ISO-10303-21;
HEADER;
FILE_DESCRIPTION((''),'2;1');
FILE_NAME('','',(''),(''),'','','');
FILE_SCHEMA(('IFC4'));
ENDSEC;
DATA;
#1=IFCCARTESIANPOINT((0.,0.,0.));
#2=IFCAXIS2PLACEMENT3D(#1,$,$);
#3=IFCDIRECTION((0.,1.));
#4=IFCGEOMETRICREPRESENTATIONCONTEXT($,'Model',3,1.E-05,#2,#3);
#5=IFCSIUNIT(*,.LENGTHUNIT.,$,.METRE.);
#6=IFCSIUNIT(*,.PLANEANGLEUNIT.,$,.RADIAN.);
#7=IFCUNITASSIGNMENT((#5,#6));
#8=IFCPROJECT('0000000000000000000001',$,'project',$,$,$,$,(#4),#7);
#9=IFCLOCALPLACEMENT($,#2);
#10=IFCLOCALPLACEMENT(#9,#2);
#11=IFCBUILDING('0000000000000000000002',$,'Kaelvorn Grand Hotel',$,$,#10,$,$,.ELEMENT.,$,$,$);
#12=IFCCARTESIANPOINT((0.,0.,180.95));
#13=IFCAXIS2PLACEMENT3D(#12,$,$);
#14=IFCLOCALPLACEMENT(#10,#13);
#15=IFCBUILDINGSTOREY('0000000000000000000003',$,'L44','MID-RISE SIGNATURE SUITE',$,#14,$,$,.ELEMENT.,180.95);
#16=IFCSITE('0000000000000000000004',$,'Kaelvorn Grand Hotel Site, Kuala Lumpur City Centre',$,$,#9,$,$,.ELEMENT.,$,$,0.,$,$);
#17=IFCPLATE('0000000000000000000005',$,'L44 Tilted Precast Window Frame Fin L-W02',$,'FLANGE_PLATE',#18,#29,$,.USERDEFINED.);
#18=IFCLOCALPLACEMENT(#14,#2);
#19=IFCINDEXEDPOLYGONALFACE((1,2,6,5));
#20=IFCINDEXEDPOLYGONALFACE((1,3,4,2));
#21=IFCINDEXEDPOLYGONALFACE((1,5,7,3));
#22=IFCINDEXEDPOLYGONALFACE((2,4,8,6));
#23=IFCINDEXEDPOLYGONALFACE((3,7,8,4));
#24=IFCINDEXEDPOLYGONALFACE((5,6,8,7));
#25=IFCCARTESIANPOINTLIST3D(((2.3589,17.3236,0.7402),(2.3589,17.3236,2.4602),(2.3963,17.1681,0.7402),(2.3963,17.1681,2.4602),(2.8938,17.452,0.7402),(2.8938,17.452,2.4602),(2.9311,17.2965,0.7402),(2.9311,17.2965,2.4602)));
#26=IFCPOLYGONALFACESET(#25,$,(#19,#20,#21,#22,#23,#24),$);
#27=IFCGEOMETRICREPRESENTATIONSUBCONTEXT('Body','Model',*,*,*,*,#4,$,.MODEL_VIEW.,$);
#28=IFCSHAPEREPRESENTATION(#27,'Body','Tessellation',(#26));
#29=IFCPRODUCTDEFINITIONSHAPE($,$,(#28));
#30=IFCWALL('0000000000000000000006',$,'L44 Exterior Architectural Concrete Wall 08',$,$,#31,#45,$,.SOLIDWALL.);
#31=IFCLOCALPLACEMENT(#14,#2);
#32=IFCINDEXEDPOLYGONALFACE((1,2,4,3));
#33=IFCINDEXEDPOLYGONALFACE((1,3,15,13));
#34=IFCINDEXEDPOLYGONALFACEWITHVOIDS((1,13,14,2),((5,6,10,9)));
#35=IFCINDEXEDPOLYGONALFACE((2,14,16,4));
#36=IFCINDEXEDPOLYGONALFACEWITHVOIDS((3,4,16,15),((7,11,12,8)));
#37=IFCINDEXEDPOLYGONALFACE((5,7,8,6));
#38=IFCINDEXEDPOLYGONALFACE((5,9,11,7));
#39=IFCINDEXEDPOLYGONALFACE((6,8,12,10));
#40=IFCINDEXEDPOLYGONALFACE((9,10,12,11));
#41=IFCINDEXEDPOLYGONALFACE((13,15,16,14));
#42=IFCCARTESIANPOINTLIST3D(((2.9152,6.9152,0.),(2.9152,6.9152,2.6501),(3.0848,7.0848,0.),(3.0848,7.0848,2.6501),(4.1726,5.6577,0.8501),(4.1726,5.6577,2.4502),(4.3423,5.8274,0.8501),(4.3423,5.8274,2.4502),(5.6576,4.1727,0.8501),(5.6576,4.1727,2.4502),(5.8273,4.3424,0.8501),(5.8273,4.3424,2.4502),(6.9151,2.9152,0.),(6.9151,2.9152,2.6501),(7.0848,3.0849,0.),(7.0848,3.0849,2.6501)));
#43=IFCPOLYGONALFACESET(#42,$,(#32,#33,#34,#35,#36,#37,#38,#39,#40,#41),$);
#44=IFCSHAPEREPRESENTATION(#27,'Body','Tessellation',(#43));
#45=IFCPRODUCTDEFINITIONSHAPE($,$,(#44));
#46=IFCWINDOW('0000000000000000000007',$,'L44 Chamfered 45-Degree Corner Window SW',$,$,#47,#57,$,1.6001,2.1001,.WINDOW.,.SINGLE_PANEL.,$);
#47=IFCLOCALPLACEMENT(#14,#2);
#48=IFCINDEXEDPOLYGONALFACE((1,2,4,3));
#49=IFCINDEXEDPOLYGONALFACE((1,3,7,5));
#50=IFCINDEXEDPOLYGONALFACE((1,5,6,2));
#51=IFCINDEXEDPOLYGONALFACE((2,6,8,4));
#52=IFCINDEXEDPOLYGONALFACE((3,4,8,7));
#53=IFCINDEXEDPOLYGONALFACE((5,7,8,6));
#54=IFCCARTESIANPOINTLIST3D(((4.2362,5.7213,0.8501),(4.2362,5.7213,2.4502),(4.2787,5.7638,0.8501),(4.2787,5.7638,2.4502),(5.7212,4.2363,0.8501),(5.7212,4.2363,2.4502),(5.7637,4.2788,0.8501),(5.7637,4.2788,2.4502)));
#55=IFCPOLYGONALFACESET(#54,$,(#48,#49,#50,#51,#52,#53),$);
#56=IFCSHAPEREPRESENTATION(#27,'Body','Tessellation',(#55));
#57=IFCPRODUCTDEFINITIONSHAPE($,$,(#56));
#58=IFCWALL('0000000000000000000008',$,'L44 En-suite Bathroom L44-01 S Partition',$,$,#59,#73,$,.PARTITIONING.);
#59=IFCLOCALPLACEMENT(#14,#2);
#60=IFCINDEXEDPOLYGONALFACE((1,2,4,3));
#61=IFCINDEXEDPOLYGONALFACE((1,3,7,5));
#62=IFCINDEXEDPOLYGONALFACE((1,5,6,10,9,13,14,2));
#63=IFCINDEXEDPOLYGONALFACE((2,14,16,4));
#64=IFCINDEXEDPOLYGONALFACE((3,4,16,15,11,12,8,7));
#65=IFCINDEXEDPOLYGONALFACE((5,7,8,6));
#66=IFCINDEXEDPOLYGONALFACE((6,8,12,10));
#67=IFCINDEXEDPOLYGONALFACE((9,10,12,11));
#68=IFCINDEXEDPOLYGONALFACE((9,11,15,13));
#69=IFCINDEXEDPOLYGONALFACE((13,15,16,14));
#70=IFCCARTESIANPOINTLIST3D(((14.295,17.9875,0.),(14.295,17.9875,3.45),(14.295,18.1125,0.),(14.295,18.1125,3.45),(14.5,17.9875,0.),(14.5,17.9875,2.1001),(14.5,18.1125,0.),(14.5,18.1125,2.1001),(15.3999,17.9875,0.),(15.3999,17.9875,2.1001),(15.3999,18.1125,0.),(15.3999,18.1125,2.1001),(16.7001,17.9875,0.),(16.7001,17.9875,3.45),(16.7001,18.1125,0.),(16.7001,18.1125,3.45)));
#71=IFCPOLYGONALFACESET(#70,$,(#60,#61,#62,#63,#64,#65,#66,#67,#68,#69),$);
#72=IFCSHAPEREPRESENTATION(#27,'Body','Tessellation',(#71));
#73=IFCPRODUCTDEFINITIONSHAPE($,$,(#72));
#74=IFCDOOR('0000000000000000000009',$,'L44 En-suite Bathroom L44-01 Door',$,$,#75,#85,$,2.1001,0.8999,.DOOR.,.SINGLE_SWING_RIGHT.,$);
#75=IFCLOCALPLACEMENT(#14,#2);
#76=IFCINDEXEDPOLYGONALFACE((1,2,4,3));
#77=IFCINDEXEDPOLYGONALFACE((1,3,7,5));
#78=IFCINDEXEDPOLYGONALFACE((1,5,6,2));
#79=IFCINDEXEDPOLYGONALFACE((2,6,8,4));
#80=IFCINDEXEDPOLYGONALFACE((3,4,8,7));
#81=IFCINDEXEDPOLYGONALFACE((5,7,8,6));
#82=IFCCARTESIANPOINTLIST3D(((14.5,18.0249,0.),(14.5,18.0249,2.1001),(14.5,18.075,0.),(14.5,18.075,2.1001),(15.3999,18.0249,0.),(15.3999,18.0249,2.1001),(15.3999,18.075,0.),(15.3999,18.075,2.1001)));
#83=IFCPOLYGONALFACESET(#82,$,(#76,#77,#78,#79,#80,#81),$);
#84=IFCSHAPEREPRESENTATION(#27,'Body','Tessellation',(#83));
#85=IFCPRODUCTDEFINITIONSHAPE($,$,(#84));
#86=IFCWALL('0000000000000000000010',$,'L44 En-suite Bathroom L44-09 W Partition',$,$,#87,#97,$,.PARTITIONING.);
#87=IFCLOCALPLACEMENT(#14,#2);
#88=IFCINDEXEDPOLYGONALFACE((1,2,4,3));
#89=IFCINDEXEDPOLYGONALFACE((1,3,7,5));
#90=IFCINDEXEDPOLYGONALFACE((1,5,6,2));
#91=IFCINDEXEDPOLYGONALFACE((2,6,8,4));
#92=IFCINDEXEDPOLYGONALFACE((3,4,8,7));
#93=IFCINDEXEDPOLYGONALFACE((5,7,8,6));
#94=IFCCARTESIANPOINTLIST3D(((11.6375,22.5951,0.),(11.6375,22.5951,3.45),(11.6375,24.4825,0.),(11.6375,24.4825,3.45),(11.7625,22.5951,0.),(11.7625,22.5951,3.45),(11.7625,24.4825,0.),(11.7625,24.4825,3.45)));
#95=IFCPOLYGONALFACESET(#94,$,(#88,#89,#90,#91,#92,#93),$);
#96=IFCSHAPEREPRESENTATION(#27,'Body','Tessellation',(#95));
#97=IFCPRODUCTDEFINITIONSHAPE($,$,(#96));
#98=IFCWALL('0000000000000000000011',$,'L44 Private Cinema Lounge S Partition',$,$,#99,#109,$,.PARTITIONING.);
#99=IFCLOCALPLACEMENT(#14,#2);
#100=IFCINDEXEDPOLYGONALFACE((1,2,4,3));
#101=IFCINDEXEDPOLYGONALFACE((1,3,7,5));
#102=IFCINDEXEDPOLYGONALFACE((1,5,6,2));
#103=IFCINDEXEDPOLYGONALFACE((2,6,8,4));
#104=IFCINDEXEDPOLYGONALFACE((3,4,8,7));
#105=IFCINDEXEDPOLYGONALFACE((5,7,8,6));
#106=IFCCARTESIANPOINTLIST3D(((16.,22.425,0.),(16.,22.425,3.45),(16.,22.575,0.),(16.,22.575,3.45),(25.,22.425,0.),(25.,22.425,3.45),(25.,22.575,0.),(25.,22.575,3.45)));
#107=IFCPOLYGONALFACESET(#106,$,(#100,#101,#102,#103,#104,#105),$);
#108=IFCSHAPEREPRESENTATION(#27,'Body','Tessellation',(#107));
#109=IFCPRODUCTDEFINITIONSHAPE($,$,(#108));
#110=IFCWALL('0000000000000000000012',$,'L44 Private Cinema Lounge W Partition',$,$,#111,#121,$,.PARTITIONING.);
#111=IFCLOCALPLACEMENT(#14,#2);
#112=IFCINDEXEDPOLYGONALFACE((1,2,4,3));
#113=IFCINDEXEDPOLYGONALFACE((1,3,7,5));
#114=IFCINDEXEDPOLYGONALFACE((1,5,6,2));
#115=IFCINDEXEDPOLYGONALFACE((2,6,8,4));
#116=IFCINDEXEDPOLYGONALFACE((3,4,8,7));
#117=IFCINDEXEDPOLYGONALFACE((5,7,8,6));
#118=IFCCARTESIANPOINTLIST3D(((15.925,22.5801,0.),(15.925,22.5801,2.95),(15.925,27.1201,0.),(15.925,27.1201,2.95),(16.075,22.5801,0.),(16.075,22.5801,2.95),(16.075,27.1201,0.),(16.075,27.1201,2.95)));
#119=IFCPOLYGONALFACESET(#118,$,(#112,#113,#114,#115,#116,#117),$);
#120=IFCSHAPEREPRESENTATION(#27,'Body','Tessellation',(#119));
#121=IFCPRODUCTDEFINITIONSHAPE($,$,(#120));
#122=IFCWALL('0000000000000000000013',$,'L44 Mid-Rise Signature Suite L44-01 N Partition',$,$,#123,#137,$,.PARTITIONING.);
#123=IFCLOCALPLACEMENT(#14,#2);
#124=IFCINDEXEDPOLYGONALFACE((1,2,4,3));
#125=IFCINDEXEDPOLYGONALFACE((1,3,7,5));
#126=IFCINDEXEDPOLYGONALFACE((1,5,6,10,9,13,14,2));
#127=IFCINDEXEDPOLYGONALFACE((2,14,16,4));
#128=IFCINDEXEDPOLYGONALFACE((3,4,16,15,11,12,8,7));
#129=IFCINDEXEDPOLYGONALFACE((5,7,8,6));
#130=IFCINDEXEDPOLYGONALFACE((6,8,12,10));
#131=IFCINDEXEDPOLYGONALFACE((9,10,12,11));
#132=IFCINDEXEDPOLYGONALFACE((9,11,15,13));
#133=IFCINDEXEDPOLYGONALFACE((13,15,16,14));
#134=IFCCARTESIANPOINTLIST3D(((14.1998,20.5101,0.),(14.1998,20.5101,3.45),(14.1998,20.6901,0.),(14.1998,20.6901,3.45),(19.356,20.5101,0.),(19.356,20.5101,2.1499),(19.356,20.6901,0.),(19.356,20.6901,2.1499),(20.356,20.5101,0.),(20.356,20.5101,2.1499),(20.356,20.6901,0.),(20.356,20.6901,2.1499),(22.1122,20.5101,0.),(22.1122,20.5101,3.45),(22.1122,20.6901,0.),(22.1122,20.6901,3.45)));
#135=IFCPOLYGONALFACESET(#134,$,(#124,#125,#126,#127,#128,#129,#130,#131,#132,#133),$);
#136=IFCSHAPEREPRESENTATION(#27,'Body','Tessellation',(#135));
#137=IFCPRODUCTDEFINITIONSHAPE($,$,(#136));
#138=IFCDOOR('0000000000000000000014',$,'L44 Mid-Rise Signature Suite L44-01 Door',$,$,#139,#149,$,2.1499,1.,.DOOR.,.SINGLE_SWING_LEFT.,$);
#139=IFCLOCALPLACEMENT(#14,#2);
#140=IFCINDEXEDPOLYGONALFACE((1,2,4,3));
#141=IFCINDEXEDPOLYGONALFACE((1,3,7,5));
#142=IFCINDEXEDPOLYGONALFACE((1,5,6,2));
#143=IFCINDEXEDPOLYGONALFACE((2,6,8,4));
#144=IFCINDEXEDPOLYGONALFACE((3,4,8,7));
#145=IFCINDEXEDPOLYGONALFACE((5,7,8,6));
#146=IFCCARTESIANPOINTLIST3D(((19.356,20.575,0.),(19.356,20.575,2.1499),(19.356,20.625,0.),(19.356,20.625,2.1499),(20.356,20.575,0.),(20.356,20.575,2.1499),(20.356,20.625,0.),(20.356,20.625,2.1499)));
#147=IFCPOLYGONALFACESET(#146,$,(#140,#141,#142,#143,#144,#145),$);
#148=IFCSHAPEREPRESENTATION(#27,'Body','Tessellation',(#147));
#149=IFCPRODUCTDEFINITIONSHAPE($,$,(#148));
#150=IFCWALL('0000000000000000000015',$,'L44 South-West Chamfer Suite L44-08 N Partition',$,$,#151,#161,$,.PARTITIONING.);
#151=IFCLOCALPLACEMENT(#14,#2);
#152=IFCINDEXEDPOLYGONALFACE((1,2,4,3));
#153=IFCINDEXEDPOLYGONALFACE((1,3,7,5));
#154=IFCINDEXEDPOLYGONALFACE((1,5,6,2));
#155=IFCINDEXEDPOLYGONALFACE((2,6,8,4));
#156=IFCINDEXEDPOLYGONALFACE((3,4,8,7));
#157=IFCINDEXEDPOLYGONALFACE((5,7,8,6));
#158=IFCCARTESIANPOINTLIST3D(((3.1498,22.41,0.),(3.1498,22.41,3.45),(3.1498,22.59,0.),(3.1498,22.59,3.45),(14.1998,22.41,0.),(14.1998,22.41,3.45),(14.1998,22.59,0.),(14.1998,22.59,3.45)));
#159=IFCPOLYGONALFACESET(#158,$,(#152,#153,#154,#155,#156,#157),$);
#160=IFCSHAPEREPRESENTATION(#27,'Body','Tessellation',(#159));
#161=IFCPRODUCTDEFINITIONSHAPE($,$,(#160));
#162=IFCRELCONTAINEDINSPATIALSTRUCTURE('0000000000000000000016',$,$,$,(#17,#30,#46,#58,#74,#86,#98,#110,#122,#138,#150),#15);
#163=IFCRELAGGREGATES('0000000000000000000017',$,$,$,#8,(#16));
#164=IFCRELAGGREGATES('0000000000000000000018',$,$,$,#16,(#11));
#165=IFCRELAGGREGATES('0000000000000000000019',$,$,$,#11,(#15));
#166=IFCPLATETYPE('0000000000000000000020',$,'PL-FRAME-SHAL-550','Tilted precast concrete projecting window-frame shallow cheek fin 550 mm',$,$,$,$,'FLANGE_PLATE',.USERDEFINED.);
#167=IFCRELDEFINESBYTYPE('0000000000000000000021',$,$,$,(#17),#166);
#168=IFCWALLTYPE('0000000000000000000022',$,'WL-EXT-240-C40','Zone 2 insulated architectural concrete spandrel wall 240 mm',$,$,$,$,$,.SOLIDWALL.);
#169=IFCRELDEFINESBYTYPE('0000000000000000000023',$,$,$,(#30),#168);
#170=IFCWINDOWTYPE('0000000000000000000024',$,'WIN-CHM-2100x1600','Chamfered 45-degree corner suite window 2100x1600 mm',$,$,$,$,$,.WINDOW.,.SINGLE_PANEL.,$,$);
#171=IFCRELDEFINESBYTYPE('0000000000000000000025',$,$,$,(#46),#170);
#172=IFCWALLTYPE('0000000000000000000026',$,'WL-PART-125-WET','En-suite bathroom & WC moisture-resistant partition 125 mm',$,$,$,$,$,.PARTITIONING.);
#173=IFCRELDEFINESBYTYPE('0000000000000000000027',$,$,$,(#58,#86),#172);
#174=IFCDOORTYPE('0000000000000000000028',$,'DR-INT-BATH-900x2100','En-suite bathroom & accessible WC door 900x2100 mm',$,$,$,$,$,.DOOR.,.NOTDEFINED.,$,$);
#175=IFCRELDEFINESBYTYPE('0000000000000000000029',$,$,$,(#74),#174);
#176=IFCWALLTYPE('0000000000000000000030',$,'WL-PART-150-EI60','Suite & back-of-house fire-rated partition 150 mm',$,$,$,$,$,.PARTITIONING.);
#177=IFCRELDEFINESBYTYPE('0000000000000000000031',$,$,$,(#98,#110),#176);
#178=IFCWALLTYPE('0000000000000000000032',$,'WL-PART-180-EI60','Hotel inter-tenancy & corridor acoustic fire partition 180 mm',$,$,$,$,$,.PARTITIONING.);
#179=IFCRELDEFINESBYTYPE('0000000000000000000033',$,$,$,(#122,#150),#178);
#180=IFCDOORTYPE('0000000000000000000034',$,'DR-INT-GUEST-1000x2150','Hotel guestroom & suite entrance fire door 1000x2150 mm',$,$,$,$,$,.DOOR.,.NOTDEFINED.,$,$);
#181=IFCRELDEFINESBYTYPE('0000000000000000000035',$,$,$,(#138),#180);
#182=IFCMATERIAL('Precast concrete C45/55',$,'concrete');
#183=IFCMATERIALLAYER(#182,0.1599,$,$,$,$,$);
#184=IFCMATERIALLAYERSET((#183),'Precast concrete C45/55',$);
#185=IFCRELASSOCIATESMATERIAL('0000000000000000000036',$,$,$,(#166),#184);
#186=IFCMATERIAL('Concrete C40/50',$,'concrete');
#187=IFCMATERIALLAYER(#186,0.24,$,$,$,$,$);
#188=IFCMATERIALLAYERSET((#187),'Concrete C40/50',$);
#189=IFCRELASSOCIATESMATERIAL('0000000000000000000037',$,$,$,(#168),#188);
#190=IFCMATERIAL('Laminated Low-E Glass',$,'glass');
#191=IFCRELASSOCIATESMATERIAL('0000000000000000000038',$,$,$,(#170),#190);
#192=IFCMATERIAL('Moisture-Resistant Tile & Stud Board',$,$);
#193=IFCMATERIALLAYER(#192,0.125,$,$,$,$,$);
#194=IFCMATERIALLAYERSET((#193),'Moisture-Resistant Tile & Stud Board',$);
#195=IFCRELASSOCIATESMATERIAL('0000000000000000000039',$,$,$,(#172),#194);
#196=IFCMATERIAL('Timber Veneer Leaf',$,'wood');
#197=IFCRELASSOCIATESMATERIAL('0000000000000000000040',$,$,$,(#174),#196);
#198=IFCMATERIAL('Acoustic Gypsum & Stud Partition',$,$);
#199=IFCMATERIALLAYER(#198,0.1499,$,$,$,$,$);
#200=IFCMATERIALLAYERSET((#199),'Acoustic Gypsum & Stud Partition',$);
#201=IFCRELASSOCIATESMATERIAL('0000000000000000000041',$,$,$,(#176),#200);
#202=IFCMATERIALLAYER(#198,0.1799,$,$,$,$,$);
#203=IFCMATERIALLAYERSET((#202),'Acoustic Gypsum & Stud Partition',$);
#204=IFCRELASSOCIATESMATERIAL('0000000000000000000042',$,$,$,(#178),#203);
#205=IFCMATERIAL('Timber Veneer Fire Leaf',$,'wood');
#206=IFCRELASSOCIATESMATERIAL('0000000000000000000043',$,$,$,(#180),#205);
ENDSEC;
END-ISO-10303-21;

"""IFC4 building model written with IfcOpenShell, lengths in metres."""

from ifc_helpers import new_model, si_unit, direction, frame, frame_2d, origin, origin_2d, place, context, subcontext, project, spatial, rectangle, extrude, material, layer, layer_set, type_object, element, fill, save


model = new_model("IFC4")

# Units and contexts
model_context = context("Model", 3, precision=1e-05, world=origin(), true_north=direction((0.0, 1.0)))
body_context = subcontext(model_context, "Body", "Model", "MODEL_VIEW")
ifc_project = project(units=[si_unit("LENGTHUNIT", "METRE"), si_unit("PLANEANGLEUNIT", "RADIAN")], contexts=[model_context])

# Site, building, storey
site_placement = place(None, origin())
site = spatial("IfcSite", under=ifc_project, at=site_placement, Name="Kaelvorn Grand Hotel Site, Kuala Lumpur City Centre", CompositionType="ELEMENT", RefElevation=0.0)
building_placement = place(site_placement, origin())
building = spatial("IfcBuilding", under=site, at=building_placement, Name="Kaelvorn Grand Hotel", CompositionType="ELEMENT")
storey_placement = place(building_placement, frame((0.0, 0.0, 180.95)))
storey = spatial("IfcBuildingStorey", under=building, at=storey_placement, Name="L44", Description="MID-RISE SIGNATURE SUITE", CompositionType="ELEMENT", Elevation=180.95)

# Plate
ifc_material_1 = material(Name="Precast concrete C45/55", Category="concrete")
ifc_layer_1 = layer(ifc_material_1, 0.1599)
ifc_layer_set_1 = layer_set([ifc_layer_1], Name="Precast concrete C45/55")
plate_type_1 = type_object("IfcPlateType", Name="PL-FRAME-SHAL-550", Description="Tilted precast concrete projecting window-frame shallow cheek fin 550 mm", ElementType="FLANGE_PLATE", PredefinedType="USERDEFINED", material=ifc_layer_set_1)
for number, where, z_axis, x_axis, name in (
    (1, (2.645, 17.3101, 0.7402), (0.0, 0.0, 1.0), (-0.233445, 0.97237, 0.0), "L44 Tilted Precast Window Frame Fin L-W02"),
):
    element("IfcPlate", number, at=place(storey_placement, frame(where, z_axis=z_axis, x_axis=x_axis)), inside=storey, type_object=plate_type_1, Name=name, ObjectType="FLANGE_PLATE", PredefinedType="USERDEFINED", context=body_context, shape_type="SweptSolid", body=[
        extrude(rectangle(XDim=0.1599, YDim=0.55, at=origin_2d()), origin(), (0.0, 0.0, 1.0), 1.72),
    ])

# Wall, opening, window
ifc_material_2 = material(Name="Concrete C40/50", Category="concrete")
ifc_layer_2 = layer(ifc_material_2, 0.24)
ifc_layer_set_2 = layer_set([ifc_layer_2], Name="Concrete C40/50")
wall_type_1 = type_object("IfcWallType", Name="WL-EXT-240-C40", Description="Zone 2 insulated architectural concrete spandrel wall 240 mm", PredefinedType="SOLIDWALL", material=ifc_layer_set_2)
wall_1_placement = place(storey_placement, frame((3.0, 7.0, 0.0), z_axis=(0.0, 0.0, 1.0), x_axis=(0.707107, -0.707107, 0.0)))
wall_1 = element("IfcWall", 2, at=wall_1_placement, inside=storey, type_object=wall_type_1, Name="L44 Exterior Architectural Concrete Wall 08", PredefinedType="SOLIDWALL", context=body_context, shape_type="SweptSolid", body=[
    extrude(rectangle(XDim=5.6567, YDim=0.24, at=frame_2d((2.8284, 0.0))), origin(), (0.0, 0.0, 1.0), 2.6501),
])
opening_1_placement = place(wall_1_placement, frame((1.7783, 0.0, 0.8501)))
opening_1 = element("IfcOpeningElement", 3, at=opening_1_placement, cuts=wall_1, PredefinedType="OPENING", context=body_context, shape_type="SweptSolid", body=[
    extrude(rectangle(XDim=2.1001, YDim=1.6001, at=frame_2d((1.05, 0.8))), frame((0.0, 0.1299, 0.0), z_axis=(0.0, -1.0, 0.0), x_axis=(1.0, 0.0, 0.0)), (0.0, 0.0, 1.0), 0.26),
])
ifc_material_3 = material(Name="Laminated Low-E Glass", Category="glass")
window_type = type_object("IfcWindowType", Name="WIN-CHM-2100x1600", Description="Chamfered 45-degree corner suite window 2100x1600 mm", PartitioningType="SINGLE_PANEL", PredefinedType="WINDOW", material=ifc_material_3)
window_placement = place(opening_1_placement, origin())
window = element("IfcWindow", 4, at=window_placement, inside=storey, type_object=window_type, Name="L44 Chamfered 45-Degree Corner Window SW", OverallHeight=1.6001, OverallWidth=2.1001, PartitioningType="SINGLE_PANEL", PredefinedType="WINDOW", context=body_context, shape_type="SweptSolid", body=[
    extrude(rectangle(XDim=2.1001, YDim=1.6001, at=frame_2d((1.05, 0.8))), frame((0.0, 0.03, 0.0), z_axis=(0.0, -1.0, 0.0), x_axis=(1.0, 0.0, 0.0)), (0.0, 0.0, 1.0), 0.0601),
])
fill(opening_1, window)

# Wall, opening, door
ifc_material_4 = material(Name="Moisture-Resistant Tile & Stud Board")
ifc_layer_3 = layer(ifc_material_4, 0.125)
ifc_layer_set_3 = layer_set([ifc_layer_3], Name="Moisture-Resistant Tile & Stud Board")
wall_type_2 = type_object("IfcWallType", Name="WL-PART-125-WET", Description="En-suite bathroom & WC moisture-resistant partition 125 mm", PredefinedType="PARTITIONING", material=ifc_layer_set_3)
wall_2_placement = place(storey_placement, frame((14.2949, 18.05, 0.0), z_axis=(0.0, 0.0, 1.0), x_axis=(1.0, 0.0, 0.0)))
wall_2 = element("IfcWall", 5, at=wall_2_placement, inside=storey, type_object=wall_type_2, Name="L44 En-suite Bathroom L44-01 S Partition", PredefinedType="PARTITIONING", context=body_context, shape_type="SweptSolid", body=[
    extrude(rectangle(XDim=2.405, YDim=0.125, at=frame_2d((1.2026, 0.0))), origin(), (0.0, 0.0, 1.0), 3.45),
])
opening_2_placement = place(wall_2_placement, frame((0.2051, 0.0, 0.0)))
opening_2 = element("IfcOpeningElement", 6, at=opening_2_placement, cuts=wall_2, PredefinedType="OPENING", context=body_context, shape_type="SweptSolid", body=[
    extrude(rectangle(XDim=0.8999, YDim=2.1001, at=frame_2d((0.45, 1.05))), frame((0.0, 0.0725, 0.0), z_axis=(0.0, -1.0, 0.0), x_axis=(1.0, 0.0, 0.0)), (0.0, 0.0, 1.0), 0.145),
])
ifc_material_5 = material(Name="Timber Veneer Leaf", Category="wood")
door_type_1 = type_object("IfcDoorType", Name="DR-INT-BATH-900x2100", Description="En-suite bathroom & accessible WC door 900x2100 mm", OperationType="NOTDEFINED", PredefinedType="DOOR", material=ifc_material_5)
door_1_placement = place(opening_2_placement, origin())
door_1 = element("IfcDoor", 7, at=door_1_placement, inside=storey, type_object=door_type_1, Name="L44 En-suite Bathroom L44-01 Door", OperationType="SINGLE_SWING_RIGHT", OverallHeight=2.1001, OverallWidth=0.8999, PredefinedType="DOOR", context=body_context, shape_type="SweptSolid", body=[
    extrude(rectangle(XDim=0.8999, YDim=2.1001, at=frame_2d((0.45, 1.05))), frame((0.0, 0.0249, 0.0), z_axis=(0.0, -1.0, 0.0), x_axis=(1.0, 0.0, 0.0)), (0.0, 0.0, 1.0), 0.05),
])
fill(opening_2, door_1)

# Walls
wall_3_placement = place(storey_placement, frame((11.7, 22.595, 0.0), z_axis=(0.0, 0.0, 1.0), x_axis=(0.0, 1.0, 0.0)))
element("IfcWall", 8, at=wall_3_placement, inside=storey, type_object=wall_type_2, Name="L44 En-suite Bathroom L44-09 W Partition", PredefinedType="PARTITIONING", context=body_context, shape_type="SweptSolid", body=[
    extrude(rectangle(XDim=1.8875, YDim=0.125, at=frame_2d((0.9438, 0.0))), origin(), (0.0, 0.0, 1.0), 3.45),
])
ifc_material_6 = material(Name="Acoustic Gypsum & Stud Partition")
ifc_layer_4 = layer(ifc_material_6, 0.1499)
ifc_layer_set_4 = layer_set([ifc_layer_4], Name="Acoustic Gypsum & Stud Partition")
wall_type_3 = type_object("IfcWallType", Name="WL-PART-150-EI60", Description="Suite & back-of-house fire-rated partition 150 mm", PredefinedType="PARTITIONING", material=ifc_layer_set_4)
wall_4_placement = place(storey_placement, frame((16.0, 22.5, 0.0), z_axis=(0.0, 0.0, 1.0), x_axis=(1.0, 0.0, 0.0)))
element("IfcWall", 9, at=wall_4_placement, inside=storey, type_object=wall_type_3, Name="L44 Private Cinema Lounge S Partition", PredefinedType="PARTITIONING", context=body_context, shape_type="SweptSolid", body=[
    extrude(rectangle(XDim=9.0, YDim=0.1499, at=frame_2d((4.5, 0.0))), origin(), (0.0, 0.0, 1.0), 3.45),
])
wall_5_placement = place(storey_placement, frame((16.0, 22.5801, 0.0), z_axis=(0.0, 0.0, 1.0), x_axis=(0.0, 1.0, 0.0)))
element("IfcWall", 10, at=wall_5_placement, inside=storey, type_object=wall_type_3, Name="L44 Private Cinema Lounge W Partition", PredefinedType="PARTITIONING", context=body_context, shape_type="SweptSolid", body=[
    extrude(rectangle(XDim=4.54, YDim=0.1499, at=frame_2d((2.27, 0.0))), origin(), (0.0, 0.0, 1.0), 2.95),
])

# Wall, opening, door
ifc_layer_5 = layer(ifc_material_6, 0.1799)
ifc_layer_set_5 = layer_set([ifc_layer_5], Name="Acoustic Gypsum & Stud Partition")
wall_type_4 = type_object("IfcWallType", Name="WL-PART-180-EI60", Description="Hotel inter-tenancy & corridor acoustic fire partition 180 mm", PredefinedType="PARTITIONING", material=ifc_layer_set_5)
wall_6_placement = place(storey_placement, frame((14.2, 20.6001, 0.0), z_axis=(0.0, 0.0, 1.0), x_axis=(1.0, 0.0, 0.0)))
wall_6 = element("IfcWall", 11, at=wall_6_placement, inside=storey, type_object=wall_type_4, Name="L44 Mid-Rise Signature Suite L44-01 N Partition", PredefinedType="PARTITIONING", context=body_context, shape_type="SweptSolid", body=[
    extrude(rectangle(XDim=7.9124, YDim=0.1799, at=frame_2d((3.9561, 0.0))), origin(), (0.0, 0.0, 1.0), 3.45),
])
opening_3_placement = place(wall_6_placement, frame((5.156, 0.0, 0.0)))
opening_3 = element("IfcOpeningElement", 12, at=opening_3_placement, cuts=wall_6, PredefinedType="OPENING", context=body_context, shape_type="SweptSolid", body=[
    extrude(rectangle(XDim=1.0, YDim=2.1499, at=frame_2d((0.5, 1.075))), frame((0.0, 0.1001, 0.0), z_axis=(0.0, -1.0, 0.0), x_axis=(1.0, 0.0, 0.0)), (0.0, 0.0, 1.0), 0.2),
])
ifc_material_7 = material(Name="Timber Veneer Fire Leaf", Category="wood")
door_type_2 = type_object("IfcDoorType", Name="DR-INT-GUEST-1000x2150", Description="Hotel guestroom & suite entrance fire door 1000x2150 mm", OperationType="NOTDEFINED", PredefinedType="DOOR", material=ifc_material_7)
door_2_placement = place(opening_3_placement, origin())
door_2 = element("IfcDoor", 13, at=door_2_placement, inside=storey, type_object=door_type_2, Name="L44 Mid-Rise Signature Suite L44-01 Door", OperationType="SINGLE_SWING_LEFT", OverallHeight=2.1499, OverallWidth=1.0, PredefinedType="DOOR", context=body_context, shape_type="SweptSolid", body=[
    extrude(rectangle(XDim=1.0, YDim=2.1499, at=frame_2d((0.5, 1.075))), frame((0.0, 0.0249, 0.0), z_axis=(0.0, -1.0, 0.0), x_axis=(1.0, 0.0, 0.0)), (0.0, 0.0, 1.0), 0.05),
])
fill(opening_3, door_2)

# Wall
wall_7_placement = place(storey_placement, frame((3.1499, 22.5, 0.0), z_axis=(0.0, 0.0, 1.0), x_axis=(1.0, 0.0, 0.0)))
element("IfcWall", 14, at=wall_7_placement, inside=storey, type_object=wall_type_4, Name="L44 South-West Chamfer Suite L44-08 N Partition", PredefinedType="PARTITIONING", context=body_context, shape_type="SweptSolid", body=[
    extrude(rectangle(XDim=11.05, YDim=0.1799, at=frame_2d((5.5249, 0.0))), origin(), (0.0, 0.0, 1.0), 3.45),
])

save(model, "model.ifc")
